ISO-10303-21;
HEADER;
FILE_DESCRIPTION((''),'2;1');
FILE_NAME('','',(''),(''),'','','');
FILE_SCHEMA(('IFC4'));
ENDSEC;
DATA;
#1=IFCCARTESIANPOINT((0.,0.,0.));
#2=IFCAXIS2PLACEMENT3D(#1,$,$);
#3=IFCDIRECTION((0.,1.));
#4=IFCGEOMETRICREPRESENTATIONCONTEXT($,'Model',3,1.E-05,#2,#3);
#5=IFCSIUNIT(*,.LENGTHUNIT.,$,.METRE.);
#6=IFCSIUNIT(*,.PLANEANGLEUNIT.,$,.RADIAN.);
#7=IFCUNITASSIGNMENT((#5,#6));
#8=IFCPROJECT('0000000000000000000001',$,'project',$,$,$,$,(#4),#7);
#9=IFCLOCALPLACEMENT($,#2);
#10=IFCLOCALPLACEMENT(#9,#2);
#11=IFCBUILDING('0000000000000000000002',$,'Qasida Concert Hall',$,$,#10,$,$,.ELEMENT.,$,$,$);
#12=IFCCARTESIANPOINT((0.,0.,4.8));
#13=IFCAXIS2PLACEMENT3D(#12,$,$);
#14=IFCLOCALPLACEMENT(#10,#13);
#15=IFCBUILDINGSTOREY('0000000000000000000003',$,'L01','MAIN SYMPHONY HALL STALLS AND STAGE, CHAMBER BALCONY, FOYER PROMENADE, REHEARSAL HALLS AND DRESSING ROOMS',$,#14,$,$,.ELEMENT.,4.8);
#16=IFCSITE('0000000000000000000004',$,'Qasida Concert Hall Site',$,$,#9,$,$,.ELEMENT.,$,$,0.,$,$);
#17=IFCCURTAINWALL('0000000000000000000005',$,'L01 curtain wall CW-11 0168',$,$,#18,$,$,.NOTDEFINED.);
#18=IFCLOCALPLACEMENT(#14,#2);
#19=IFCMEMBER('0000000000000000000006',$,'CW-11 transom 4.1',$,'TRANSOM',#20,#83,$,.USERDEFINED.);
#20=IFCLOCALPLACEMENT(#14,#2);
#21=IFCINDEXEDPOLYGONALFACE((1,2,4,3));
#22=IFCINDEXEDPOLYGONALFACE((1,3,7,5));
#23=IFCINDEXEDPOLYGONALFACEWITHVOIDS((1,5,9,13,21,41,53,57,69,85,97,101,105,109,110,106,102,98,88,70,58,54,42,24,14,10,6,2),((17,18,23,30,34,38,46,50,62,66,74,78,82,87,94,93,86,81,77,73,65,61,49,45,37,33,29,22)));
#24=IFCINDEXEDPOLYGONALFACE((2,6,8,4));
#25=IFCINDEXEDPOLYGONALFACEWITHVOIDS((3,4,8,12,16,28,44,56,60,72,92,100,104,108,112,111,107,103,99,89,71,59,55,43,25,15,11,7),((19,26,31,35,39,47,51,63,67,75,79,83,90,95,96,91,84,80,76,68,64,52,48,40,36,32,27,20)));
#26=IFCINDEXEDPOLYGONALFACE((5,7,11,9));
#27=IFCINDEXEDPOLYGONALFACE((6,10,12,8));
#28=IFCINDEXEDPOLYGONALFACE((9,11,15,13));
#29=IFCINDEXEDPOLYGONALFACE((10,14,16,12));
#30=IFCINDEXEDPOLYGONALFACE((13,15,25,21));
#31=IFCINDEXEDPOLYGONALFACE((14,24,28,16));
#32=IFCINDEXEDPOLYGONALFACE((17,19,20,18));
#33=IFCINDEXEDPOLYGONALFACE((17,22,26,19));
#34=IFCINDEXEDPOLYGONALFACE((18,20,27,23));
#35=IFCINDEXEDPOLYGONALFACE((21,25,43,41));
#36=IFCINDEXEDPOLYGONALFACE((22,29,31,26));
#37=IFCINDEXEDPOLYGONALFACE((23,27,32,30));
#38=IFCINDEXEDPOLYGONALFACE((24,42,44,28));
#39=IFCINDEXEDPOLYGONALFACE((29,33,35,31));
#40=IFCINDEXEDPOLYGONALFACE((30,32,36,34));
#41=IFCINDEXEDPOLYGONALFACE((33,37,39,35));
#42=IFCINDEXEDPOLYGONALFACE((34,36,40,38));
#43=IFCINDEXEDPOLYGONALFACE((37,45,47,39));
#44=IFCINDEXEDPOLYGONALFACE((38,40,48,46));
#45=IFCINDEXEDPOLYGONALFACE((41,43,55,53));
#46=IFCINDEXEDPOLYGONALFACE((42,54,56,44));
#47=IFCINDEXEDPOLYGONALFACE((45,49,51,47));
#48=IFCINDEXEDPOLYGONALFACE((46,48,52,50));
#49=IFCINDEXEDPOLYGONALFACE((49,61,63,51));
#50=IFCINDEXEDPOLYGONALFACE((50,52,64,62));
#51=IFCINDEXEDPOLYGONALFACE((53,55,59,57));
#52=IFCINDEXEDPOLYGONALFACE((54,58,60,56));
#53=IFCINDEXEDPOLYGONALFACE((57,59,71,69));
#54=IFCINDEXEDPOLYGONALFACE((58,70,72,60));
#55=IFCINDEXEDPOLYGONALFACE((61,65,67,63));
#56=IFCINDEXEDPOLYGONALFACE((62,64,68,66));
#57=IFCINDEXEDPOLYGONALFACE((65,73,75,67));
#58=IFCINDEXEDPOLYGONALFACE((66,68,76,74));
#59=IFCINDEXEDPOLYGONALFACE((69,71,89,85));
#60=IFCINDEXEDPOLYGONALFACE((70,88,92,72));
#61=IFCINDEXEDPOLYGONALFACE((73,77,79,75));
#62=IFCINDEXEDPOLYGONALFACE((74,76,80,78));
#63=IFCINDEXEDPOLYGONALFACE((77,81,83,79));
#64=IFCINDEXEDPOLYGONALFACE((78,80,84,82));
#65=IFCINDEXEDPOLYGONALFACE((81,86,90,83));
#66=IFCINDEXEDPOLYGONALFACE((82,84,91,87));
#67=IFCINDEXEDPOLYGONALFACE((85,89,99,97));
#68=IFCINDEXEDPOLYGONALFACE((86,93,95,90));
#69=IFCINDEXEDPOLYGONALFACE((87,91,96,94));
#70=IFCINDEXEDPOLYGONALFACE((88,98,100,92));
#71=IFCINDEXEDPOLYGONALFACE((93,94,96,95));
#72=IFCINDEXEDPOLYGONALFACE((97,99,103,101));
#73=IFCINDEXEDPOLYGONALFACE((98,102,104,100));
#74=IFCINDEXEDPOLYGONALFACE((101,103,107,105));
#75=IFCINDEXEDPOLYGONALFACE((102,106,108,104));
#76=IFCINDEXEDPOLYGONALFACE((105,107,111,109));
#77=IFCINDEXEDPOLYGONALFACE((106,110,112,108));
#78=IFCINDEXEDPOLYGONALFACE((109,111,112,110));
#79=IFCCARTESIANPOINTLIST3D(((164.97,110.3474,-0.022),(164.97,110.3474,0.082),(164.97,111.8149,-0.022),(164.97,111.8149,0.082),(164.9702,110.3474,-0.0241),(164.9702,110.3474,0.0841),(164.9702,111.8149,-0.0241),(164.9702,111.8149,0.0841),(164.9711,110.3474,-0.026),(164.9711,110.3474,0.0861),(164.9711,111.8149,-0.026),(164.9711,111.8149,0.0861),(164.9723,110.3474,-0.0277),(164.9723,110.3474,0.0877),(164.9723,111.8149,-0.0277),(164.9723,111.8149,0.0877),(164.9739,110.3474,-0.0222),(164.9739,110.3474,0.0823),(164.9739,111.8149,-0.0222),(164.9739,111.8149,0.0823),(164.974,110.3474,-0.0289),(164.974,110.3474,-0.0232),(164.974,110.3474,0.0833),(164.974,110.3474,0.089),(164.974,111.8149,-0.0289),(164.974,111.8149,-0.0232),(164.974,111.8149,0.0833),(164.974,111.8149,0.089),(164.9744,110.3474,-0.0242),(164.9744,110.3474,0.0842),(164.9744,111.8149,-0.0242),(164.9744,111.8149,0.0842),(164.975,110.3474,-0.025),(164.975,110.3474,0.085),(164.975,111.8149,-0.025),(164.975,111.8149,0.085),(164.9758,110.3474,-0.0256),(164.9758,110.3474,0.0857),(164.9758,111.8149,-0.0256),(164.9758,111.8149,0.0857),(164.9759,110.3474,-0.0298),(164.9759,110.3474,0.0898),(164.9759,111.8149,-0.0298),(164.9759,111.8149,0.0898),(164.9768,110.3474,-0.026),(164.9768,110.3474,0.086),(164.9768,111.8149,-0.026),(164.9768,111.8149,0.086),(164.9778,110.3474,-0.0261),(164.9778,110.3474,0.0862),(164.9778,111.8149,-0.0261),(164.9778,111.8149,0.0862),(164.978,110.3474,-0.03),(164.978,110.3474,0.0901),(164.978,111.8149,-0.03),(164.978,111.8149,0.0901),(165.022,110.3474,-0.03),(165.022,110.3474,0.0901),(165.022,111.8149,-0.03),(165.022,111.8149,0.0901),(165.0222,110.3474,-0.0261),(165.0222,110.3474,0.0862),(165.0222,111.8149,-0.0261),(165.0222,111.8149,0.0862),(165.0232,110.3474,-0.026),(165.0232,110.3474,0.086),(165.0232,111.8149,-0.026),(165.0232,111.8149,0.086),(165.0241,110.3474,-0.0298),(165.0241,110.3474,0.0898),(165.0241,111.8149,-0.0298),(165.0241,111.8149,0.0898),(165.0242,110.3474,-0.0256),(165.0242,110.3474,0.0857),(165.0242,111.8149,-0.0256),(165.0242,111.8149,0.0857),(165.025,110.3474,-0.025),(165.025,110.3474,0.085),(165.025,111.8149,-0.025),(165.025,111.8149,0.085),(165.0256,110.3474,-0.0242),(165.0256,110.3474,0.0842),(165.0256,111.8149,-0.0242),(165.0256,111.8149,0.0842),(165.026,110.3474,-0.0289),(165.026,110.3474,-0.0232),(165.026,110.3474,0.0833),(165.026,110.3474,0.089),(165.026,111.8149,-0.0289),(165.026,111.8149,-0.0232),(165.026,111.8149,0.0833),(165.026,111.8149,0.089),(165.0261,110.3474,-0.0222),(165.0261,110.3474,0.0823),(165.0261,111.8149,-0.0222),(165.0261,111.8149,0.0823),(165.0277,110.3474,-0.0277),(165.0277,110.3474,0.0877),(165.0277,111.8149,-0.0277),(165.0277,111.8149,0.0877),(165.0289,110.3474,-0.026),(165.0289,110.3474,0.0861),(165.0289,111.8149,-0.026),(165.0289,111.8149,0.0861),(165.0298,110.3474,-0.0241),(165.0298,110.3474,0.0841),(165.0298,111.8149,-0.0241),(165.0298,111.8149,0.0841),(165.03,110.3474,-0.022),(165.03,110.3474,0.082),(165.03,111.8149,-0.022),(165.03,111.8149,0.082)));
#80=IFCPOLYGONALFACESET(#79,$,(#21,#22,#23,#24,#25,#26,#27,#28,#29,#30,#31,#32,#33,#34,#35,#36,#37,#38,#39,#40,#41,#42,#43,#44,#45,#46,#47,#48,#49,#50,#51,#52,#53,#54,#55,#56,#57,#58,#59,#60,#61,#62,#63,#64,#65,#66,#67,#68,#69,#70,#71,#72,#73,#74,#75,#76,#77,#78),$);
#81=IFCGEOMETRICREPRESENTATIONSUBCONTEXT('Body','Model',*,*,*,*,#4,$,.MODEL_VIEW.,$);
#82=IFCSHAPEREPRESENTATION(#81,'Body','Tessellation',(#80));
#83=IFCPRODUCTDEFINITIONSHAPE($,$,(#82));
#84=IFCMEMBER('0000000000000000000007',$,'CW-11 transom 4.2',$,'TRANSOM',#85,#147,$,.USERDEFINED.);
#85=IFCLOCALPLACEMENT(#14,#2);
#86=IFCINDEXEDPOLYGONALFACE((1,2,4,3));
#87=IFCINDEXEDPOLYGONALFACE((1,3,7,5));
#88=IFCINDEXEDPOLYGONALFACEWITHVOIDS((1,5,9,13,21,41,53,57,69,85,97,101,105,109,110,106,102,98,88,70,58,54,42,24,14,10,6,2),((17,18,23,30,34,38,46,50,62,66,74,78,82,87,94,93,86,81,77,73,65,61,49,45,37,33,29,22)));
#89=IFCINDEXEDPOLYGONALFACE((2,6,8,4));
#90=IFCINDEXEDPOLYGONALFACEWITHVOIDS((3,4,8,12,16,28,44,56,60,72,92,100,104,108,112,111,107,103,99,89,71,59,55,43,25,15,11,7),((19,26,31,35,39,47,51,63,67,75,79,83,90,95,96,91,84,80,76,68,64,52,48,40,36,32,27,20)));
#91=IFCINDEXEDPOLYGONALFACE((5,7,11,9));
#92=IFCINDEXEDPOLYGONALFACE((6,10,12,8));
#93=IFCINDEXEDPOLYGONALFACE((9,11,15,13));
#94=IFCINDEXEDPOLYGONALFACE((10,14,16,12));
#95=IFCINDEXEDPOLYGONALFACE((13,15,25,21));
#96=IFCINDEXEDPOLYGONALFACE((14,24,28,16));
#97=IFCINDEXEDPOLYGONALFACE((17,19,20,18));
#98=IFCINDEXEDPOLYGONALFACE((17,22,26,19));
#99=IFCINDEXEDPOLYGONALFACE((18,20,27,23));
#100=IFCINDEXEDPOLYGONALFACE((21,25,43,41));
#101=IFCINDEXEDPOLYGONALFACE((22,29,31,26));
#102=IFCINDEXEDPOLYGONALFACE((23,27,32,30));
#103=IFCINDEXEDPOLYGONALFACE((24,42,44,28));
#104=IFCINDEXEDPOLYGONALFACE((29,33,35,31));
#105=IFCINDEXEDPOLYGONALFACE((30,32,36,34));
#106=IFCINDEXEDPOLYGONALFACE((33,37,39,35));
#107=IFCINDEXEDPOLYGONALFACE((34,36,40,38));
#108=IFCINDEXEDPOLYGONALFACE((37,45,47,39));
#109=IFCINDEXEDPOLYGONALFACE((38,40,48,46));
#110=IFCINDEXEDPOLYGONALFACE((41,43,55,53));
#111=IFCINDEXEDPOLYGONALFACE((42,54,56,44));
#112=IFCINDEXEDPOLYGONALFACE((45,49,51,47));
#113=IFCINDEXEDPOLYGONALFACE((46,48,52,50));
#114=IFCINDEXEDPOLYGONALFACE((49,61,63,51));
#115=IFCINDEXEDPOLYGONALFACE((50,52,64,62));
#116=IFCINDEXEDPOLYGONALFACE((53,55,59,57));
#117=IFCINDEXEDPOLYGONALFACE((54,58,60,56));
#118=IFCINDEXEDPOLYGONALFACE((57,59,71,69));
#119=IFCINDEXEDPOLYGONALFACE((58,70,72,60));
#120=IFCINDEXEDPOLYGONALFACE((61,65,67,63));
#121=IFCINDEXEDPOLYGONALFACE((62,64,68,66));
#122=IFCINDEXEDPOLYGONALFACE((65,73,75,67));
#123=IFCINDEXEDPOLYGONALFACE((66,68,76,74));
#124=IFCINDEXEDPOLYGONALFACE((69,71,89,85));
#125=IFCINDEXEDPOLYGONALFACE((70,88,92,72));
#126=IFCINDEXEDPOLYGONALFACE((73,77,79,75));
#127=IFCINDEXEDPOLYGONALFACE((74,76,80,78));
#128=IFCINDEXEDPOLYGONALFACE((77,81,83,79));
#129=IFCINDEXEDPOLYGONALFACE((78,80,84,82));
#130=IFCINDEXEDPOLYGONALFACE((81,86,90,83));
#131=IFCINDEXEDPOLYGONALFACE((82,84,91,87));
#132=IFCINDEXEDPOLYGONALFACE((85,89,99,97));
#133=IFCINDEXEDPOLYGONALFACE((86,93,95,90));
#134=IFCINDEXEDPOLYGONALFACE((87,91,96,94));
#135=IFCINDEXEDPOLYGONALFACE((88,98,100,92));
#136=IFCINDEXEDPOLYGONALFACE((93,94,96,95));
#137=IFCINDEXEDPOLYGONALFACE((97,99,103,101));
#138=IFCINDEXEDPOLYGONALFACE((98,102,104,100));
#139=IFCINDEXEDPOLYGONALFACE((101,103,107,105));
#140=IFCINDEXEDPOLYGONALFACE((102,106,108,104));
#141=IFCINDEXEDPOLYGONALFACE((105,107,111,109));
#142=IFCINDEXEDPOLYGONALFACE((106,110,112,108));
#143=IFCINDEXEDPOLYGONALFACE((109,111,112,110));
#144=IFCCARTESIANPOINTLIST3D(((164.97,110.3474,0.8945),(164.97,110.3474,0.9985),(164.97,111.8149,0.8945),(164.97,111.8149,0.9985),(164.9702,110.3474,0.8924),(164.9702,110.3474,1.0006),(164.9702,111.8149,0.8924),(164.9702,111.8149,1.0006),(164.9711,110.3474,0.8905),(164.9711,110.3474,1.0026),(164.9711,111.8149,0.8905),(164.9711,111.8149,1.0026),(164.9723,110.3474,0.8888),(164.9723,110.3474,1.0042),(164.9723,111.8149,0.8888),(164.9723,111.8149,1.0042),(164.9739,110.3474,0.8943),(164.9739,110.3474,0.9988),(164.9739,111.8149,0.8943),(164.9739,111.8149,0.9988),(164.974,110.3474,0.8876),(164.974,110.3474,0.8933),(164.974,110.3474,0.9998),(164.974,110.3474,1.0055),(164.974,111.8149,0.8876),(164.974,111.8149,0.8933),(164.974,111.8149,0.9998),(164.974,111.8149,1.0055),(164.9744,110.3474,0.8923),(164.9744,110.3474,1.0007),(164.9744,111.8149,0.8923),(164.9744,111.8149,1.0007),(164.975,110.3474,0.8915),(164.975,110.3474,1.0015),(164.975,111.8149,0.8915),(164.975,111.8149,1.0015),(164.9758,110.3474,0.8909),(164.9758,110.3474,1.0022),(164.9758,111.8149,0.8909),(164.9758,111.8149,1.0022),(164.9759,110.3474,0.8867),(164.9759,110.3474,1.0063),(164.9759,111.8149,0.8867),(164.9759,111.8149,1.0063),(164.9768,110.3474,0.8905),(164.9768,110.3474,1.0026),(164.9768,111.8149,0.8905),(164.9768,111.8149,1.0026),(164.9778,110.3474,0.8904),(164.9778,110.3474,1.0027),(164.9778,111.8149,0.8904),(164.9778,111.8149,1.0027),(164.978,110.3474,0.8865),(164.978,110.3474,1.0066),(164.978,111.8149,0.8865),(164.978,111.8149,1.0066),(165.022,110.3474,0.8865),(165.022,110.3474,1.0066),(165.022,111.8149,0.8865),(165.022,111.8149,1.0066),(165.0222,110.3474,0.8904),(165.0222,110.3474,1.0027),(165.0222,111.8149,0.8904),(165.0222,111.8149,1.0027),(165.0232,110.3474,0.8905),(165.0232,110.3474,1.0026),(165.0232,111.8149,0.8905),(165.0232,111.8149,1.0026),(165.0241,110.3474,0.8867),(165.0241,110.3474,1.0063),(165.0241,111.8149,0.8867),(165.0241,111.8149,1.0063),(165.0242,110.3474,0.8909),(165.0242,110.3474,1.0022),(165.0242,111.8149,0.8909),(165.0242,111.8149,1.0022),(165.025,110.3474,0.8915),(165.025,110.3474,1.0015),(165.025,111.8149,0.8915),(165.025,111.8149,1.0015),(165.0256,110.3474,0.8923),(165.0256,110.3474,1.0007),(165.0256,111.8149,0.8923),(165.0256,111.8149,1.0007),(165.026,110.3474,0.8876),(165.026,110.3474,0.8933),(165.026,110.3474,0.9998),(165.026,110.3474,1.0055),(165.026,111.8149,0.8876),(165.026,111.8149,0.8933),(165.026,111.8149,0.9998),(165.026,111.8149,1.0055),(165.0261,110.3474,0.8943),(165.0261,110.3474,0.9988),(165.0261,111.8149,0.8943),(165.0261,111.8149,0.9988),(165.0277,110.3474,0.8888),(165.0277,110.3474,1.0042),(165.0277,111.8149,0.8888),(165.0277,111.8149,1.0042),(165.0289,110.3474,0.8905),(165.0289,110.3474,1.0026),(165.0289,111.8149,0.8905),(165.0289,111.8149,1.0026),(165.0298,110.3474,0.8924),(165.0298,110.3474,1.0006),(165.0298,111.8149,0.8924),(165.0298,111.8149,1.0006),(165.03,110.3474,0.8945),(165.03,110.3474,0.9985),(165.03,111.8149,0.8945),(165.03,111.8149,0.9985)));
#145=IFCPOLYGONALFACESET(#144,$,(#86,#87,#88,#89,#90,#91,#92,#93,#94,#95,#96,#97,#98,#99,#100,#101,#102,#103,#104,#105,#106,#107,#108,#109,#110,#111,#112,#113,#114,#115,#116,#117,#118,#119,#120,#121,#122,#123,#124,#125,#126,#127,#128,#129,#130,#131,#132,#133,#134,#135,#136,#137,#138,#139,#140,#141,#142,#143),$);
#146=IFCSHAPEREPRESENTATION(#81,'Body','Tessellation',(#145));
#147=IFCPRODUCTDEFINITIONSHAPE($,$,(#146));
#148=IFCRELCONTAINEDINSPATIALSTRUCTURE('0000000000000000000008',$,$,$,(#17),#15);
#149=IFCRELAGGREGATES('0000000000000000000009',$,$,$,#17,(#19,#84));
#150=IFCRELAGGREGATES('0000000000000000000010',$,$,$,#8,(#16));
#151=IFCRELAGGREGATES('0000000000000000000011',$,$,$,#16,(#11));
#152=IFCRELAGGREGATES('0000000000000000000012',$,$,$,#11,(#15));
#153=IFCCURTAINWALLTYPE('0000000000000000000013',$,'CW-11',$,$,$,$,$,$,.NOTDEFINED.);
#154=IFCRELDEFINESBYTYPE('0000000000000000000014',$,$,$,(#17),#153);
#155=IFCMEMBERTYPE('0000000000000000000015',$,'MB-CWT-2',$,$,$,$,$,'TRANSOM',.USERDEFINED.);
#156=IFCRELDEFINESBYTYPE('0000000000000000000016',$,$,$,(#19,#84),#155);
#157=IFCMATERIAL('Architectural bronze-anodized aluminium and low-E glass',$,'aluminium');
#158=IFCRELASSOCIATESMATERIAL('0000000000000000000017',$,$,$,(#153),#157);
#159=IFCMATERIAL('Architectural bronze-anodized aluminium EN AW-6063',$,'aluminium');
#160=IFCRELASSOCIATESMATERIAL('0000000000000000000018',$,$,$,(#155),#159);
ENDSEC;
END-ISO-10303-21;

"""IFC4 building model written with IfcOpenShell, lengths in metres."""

from ifc_helpers import new_model, si_unit, direction, frame, origin, origin_2d, place, context, subcontext, project, spatial, hollow_rectangle, extrude, material, material_profile, profile_set, type_object, element, aggregate, save


model = new_model("IFC4")

# Units and contexts
model_context = context("Model", 3, precision=1e-05, world=origin(), true_north=direction((0.0, 1.0)))
body_context = subcontext(model_context, "Body", "Model", "MODEL_VIEW")
ifc_project = project(units=[si_unit("LENGTHUNIT", "METRE"), si_unit("PLANEANGLEUNIT", "RADIAN")], contexts=[model_context])

# Site, building, storey
site_placement = place(None, origin())
site = spatial("IfcSite", under=ifc_project, at=site_placement, Name="Qasida Concert Hall Site", CompositionType="ELEMENT", RefElevation=0.0)
building_placement = place(site_placement, origin())
building = spatial("IfcBuilding", under=site, at=building_placement, Name="Qasida Concert Hall", CompositionType="ELEMENT")
storey_placement = place(building_placement, frame((0.0, 0.0, 4.8)))
storey = spatial("IfcBuildingStorey", under=building, at=storey_placement, Name="L01", Description="MAIN SYMPHONY HALL STALLS AND STAGE, CHAMBER BALCONY, FOYER PROMENADE, REHEARSAL HALLS AND DRESSING ROOMS", CompositionType="ELEMENT", Elevation=4.8)

# Curtain wall, members
ifc_material_1 = material(Name="Architectural bronze-anodized aluminium and low-E glass", Category="aluminium")
curtain_wall_type = type_object("IfcCurtainWallType", Name="CW-11", PredefinedType="NOTDEFINED", material=ifc_material_1)
curtain_wall_placement = place(storey_placement, origin())
curtain_wall = element("IfcCurtainWall", 1, at=curtain_wall_placement, inside=storey, type_object=curtain_wall_type, Name="L01 curtain wall CW-11 0168", PredefinedType="NOTDEFINED")
ifc_material_2 = material(Name="Architectural bronze-anodized aluminium EN AW-6063", Category="aluminium")
ifc_material_profile_1 = material_profile(ifc_material_2, hollow_rectangle(XDim=0.0601, YDim=0.1201, WallThickness=0.0039, InnerFilletRadius=0.0039, OuterFilletRadius=0.0081, at=origin_2d()), Name="CWT 120x60x4")
ifc_profile_set_1 = profile_set([ifc_material_profile_1], Name="Architectural bronze-anodized aluminium EN AW-6063")
member_type_1 = type_object("IfcMemberType", Name="MB-CWT-2", ElementType="TRANSOM", PredefinedType="USERDEFINED", material=ifc_profile_set_1)
member_1_placement = place(storey_placement, frame((165.0, 110.3474, 0.03), z_axis=(0.0, 1.0, 0.0), x_axis=(-1.0, 0.0, 0.0)))
member_1 = element("IfcMember", 2, at=member_1_placement, type_object=member_type_1, Name="CW-11 transom 4.1", ObjectType="TRANSOM", PredefinedType="USERDEFINED", context=body_context, shape_type="SweptSolid", body=[
    extrude(hollow_rectangle(XDim=0.0601, YDim=0.1201, WallThickness=0.0039, InnerFilletRadius=0.0039, OuterFilletRadius=0.0081, at=origin_2d()), origin(), (0.0, 0.0, 1.0), 1.4675),
])
member_2_placement = place(storey_placement, frame((165.0, 110.3474, 0.9465), z_axis=(0.0, 1.0, 0.0), x_axis=(-1.0, 0.0, 0.0)))
member_2 = element("IfcMember", 3, at=member_2_placement, type_object=member_type_1, Name="CW-11 transom 4.2", ObjectType="TRANSOM", PredefinedType="USERDEFINED", context=body_context, shape_type="SweptSolid", body=[
    extrude(hollow_rectangle(XDim=0.0601, YDim=0.1201, WallThickness=0.0039, InnerFilletRadius=0.0039, OuterFilletRadius=0.0081, at=origin_2d()), origin(), (0.0, 0.0, 1.0), 1.4675),
])
aggregate(curtain_wall, [member_1, member_2])

save(model, "model.ifc")
